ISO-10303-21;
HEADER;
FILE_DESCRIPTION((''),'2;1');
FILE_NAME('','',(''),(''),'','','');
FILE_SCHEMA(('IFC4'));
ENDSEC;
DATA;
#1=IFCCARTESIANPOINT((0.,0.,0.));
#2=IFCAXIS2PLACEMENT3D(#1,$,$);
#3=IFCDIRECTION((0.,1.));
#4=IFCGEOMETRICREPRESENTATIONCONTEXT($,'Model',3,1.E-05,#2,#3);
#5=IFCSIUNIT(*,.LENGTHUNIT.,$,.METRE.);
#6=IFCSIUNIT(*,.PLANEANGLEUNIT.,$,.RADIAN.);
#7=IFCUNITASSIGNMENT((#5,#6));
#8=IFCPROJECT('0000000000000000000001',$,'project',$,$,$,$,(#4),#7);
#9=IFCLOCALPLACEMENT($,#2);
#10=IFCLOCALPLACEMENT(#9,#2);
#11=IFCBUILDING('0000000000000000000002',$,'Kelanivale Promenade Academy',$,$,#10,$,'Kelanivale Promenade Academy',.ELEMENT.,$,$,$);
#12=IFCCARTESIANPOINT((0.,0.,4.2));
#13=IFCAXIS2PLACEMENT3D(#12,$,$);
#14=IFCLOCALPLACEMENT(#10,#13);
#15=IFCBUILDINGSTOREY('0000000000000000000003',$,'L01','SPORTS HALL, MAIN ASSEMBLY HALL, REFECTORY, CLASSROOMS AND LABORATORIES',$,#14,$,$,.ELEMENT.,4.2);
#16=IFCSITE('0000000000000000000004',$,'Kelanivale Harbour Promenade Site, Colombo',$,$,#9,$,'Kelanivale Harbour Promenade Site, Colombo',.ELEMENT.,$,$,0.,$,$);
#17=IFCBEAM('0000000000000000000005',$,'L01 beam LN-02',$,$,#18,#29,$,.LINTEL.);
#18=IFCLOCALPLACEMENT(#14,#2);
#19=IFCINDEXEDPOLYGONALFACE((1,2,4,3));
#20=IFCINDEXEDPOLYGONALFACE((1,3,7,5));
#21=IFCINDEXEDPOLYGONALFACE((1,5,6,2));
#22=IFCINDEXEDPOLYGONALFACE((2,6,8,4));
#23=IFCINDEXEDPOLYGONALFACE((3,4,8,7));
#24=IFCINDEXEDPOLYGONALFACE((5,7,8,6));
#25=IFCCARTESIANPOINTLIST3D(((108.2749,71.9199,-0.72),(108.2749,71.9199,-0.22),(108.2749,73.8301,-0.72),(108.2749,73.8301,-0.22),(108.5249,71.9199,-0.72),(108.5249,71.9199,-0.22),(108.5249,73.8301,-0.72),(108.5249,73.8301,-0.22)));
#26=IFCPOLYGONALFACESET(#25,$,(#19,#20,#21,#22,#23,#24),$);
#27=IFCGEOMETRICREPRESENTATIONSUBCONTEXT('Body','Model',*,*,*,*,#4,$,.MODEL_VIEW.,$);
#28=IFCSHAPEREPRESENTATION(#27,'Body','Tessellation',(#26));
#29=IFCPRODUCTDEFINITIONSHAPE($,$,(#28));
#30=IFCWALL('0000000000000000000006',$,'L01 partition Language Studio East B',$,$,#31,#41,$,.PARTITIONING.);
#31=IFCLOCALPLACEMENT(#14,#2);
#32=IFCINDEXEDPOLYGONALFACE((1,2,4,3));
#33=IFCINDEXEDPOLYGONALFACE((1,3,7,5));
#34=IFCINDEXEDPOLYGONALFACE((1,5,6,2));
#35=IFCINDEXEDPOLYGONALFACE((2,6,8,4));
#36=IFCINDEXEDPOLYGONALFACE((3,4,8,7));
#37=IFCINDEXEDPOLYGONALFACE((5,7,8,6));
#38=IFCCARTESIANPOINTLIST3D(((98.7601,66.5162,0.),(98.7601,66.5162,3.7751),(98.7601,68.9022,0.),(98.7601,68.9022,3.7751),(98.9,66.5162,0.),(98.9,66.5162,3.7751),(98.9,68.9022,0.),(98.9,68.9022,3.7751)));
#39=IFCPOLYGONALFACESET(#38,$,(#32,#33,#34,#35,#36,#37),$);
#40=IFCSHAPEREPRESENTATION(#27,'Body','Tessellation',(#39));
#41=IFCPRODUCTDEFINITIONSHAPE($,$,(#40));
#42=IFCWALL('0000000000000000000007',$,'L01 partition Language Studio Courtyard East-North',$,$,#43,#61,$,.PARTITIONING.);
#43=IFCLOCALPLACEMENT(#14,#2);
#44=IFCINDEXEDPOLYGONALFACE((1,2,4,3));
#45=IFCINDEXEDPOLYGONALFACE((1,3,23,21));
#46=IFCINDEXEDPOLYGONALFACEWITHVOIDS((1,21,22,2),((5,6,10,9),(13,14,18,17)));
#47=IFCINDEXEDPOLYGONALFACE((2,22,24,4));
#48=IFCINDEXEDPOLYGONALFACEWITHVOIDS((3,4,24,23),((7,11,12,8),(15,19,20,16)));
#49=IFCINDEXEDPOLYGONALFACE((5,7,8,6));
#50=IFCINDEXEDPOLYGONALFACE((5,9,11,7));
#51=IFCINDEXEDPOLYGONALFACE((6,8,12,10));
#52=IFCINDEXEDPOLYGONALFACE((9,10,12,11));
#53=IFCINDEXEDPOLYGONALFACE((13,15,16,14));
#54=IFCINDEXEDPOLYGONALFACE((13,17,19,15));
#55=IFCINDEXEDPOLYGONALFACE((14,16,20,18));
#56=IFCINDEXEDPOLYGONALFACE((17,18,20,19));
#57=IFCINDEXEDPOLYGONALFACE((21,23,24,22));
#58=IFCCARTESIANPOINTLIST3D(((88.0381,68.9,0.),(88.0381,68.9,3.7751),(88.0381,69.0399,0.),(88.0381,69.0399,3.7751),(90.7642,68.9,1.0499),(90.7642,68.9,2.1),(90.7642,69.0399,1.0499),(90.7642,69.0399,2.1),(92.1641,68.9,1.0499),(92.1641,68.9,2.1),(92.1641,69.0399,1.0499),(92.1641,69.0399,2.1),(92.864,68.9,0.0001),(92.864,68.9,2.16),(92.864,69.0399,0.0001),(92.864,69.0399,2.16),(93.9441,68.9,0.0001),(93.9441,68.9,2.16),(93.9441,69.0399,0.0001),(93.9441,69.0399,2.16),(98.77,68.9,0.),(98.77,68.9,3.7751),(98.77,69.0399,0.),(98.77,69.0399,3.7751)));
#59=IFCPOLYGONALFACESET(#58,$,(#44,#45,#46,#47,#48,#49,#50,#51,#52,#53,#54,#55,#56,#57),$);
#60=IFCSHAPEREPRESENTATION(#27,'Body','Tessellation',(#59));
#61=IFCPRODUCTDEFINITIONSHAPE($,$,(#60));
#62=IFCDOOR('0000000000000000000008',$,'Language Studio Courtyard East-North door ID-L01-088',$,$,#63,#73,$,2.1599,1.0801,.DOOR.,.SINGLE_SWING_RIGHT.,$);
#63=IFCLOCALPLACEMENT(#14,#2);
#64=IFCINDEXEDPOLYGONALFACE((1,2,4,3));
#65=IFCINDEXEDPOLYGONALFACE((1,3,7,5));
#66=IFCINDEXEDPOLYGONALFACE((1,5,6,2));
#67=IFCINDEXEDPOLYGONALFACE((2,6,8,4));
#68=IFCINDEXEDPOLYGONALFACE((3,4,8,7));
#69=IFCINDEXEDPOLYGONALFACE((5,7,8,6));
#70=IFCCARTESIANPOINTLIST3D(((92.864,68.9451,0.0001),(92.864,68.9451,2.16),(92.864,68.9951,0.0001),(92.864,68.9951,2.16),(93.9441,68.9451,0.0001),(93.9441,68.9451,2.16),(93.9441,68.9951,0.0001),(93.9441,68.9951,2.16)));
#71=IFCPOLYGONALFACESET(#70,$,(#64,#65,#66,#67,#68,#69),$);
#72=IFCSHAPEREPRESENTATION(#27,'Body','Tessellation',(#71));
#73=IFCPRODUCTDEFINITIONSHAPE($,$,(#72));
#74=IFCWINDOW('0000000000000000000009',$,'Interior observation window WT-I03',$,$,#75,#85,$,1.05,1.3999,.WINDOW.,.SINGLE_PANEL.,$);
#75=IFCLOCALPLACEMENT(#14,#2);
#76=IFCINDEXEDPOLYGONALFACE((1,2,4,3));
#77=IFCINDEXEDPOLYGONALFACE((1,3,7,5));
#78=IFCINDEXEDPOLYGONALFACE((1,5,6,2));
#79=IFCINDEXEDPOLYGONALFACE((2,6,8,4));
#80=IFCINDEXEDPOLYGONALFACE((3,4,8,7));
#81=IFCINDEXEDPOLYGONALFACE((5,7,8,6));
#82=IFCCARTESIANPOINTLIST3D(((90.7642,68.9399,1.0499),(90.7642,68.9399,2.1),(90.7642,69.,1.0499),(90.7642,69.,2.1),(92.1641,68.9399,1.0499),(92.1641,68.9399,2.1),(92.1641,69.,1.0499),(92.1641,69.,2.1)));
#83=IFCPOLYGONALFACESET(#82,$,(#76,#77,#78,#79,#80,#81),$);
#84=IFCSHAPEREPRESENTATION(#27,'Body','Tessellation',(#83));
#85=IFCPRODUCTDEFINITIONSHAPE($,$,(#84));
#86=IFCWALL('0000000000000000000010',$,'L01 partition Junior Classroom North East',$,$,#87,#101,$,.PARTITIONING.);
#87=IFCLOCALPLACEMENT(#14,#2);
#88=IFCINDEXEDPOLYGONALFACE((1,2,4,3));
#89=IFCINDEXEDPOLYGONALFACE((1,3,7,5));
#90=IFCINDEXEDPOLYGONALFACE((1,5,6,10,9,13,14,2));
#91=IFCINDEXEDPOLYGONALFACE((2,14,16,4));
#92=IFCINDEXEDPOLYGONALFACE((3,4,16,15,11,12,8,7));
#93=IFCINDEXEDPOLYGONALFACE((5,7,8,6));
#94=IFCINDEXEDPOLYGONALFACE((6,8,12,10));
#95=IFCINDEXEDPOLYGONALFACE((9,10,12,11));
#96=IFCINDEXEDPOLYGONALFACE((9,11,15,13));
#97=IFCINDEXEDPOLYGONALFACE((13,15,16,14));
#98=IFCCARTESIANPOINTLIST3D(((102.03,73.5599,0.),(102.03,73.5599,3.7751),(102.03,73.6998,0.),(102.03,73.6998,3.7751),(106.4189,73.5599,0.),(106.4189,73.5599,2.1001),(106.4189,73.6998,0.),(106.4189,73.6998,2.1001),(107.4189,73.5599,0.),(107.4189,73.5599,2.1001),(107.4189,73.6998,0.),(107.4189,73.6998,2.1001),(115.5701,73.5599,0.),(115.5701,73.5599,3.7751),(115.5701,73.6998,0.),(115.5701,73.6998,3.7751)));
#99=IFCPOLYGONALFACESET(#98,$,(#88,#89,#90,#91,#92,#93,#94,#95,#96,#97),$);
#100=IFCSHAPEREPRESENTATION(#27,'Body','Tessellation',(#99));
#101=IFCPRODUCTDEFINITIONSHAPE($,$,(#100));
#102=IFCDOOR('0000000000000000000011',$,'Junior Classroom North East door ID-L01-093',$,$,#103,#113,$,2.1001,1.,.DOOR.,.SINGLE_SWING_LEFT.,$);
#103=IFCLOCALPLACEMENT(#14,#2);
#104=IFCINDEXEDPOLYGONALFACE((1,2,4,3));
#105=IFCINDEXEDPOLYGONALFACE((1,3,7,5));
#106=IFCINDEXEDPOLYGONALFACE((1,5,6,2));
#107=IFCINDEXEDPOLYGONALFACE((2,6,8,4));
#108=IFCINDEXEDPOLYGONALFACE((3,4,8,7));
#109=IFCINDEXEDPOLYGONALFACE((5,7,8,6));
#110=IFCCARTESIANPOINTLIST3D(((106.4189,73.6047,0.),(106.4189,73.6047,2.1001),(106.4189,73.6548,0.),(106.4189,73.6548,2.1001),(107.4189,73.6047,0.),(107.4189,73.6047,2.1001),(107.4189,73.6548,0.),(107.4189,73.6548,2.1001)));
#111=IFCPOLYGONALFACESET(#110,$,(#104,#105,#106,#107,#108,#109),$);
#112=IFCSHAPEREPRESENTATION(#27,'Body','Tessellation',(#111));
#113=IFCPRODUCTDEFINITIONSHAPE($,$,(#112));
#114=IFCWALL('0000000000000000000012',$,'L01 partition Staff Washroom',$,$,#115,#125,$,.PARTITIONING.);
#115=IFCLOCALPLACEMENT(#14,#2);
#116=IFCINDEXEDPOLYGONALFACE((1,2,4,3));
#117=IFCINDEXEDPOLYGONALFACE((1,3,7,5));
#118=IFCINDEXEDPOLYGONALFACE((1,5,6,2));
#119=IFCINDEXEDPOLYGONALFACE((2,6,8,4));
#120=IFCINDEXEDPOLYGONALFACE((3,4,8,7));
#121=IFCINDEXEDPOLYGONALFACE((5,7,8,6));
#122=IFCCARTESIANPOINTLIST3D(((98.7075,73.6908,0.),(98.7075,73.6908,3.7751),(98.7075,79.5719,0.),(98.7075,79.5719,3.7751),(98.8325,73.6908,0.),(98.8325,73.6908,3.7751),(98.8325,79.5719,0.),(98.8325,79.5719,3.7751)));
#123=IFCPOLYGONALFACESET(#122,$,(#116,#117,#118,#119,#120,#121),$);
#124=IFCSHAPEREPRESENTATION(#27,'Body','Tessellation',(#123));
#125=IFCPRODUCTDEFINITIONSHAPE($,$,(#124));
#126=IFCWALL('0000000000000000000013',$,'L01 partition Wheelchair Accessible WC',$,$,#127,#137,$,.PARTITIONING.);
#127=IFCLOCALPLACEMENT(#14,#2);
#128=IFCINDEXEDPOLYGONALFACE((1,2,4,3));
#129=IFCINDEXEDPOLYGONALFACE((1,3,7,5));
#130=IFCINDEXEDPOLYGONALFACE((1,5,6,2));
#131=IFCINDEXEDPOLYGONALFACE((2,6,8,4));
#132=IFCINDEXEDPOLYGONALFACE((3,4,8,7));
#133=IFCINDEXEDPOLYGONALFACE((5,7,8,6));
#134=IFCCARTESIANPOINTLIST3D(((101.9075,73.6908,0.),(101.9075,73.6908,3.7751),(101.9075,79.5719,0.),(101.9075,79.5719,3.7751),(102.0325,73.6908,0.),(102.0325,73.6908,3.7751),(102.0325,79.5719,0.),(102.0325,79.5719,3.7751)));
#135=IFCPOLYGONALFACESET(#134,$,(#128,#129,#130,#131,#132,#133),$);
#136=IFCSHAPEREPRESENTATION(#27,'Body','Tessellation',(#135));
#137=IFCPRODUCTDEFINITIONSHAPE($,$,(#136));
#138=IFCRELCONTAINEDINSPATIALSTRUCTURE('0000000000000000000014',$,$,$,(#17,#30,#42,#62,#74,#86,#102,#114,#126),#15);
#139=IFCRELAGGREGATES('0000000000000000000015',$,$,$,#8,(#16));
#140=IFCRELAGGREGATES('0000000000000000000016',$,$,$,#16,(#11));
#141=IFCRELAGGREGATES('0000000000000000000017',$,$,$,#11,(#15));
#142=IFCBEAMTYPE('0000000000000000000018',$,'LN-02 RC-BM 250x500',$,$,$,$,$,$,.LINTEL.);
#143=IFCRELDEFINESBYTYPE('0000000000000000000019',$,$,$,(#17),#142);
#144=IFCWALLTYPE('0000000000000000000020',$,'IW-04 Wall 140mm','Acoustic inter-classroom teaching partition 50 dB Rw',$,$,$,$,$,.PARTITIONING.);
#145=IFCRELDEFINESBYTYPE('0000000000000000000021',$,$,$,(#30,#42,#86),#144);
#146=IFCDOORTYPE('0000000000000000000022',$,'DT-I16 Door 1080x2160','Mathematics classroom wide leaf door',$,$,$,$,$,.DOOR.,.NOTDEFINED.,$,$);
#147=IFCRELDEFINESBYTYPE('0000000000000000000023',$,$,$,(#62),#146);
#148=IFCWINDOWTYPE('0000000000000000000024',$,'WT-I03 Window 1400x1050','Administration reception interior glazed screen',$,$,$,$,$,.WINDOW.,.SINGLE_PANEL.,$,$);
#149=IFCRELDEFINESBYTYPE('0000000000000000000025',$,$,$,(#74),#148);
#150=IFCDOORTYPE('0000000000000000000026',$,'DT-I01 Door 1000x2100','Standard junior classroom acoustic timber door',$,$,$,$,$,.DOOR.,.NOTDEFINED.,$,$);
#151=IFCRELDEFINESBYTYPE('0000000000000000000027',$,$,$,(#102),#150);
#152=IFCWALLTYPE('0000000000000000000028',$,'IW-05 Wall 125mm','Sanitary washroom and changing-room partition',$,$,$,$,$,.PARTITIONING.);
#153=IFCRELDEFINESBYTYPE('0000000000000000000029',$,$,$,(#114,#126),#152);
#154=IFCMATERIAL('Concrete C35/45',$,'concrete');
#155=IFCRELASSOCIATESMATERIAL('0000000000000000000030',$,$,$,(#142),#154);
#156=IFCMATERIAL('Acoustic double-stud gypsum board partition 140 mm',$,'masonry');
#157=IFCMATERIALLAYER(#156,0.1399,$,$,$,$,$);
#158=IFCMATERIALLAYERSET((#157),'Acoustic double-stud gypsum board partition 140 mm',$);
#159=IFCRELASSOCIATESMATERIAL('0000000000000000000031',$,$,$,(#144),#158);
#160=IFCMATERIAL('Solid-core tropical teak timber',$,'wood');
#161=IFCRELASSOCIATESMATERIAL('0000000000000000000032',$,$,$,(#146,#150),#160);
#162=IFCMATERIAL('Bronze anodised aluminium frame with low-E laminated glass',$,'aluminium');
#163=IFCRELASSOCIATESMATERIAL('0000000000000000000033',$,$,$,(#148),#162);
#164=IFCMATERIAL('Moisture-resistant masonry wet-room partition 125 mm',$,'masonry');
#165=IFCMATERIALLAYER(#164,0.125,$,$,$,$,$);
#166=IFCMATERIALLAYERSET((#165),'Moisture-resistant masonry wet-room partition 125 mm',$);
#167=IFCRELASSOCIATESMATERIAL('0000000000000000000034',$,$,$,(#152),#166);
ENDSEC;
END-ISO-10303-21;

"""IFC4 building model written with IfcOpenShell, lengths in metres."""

from ifc_helpers import new_model, si_unit, direction, frame, frame_2d, origin, origin_2d, place, context, subcontext, project, spatial, rectangle, extrude, material, layer, layer_set, material_profile, profile_set, type_object, element, fill, save


model = new_model("IFC4")

# Units and contexts
model_context = context("Model", 3, precision=1e-05, world=origin(), true_north=direction((0.0, 1.0)))
body_context = subcontext(model_context, "Body", "Model", "MODEL_VIEW")
ifc_project = project(units=[si_unit("LENGTHUNIT", "METRE"), si_unit("PLANEANGLEUNIT", "RADIAN")], contexts=[model_context])

# Site, building, storey
site_placement = place(None, origin())
site = spatial("IfcSite", under=ifc_project, at=site_placement, Name="Kelanivale Harbour Promenade Site, Colombo", LongName="Kelanivale Harbour Promenade Site, Colombo", CompositionType="ELEMENT", RefElevation=0.0)
building_placement = place(site_placement, origin())
building = spatial("IfcBuilding", under=site, at=building_placement, Name="Kelanivale Promenade Academy", LongName="Kelanivale Promenade Academy", CompositionType="ELEMENT")
storey_placement = place(building_placement, frame((0.0, 0.0, 4.2)))
storey = spatial("IfcBuildingStorey", under=building, at=storey_placement, Name="L01", Description="SPORTS HALL, MAIN ASSEMBLY HALL, REFECTORY, CLASSROOMS AND LABORATORIES", CompositionType="ELEMENT", Elevation=4.2)

# Shared definitions
ifc_material_1 = material(Name="Concrete C35/45", Category="concrete")

# Beam
ifc_material_profile_1 = material_profile(ifc_material_1, rectangle(XDim=0.25, YDim=0.5, at=origin_2d()), Name="RC-BM 250x500")
ifc_profile_set_1 = profile_set([ifc_material_profile_1], Name="Concrete C35/45")
beam_type_1 = type_object("IfcBeamType", Name="LN-02 RC-BM 250x500", PredefinedType="LINTEL", material=ifc_profile_set_1)
beam_1_placement = place(storey_placement, frame((108.3999, 71.9199, -0.47), z_axis=(0.0, 1.0, 0.0), x_axis=(-1.0, 0.0, 0.0)))
element("IfcBeam", 1, at=beam_1_placement, inside=storey, type_object=beam_type_1, Name="L01 beam LN-02", PredefinedType="LINTEL", context=body_context, shape_type="SweptSolid", body=[
    extrude(rectangle(XDim=0.25, YDim=0.5, at=origin_2d()), origin(), (0.0, 0.0, 1.0), 1.9102),
])

# Wall
ifc_material_2 = material(Name="Acoustic double-stud gypsum board partition 140 mm", Category="masonry")
ifc_layer_1 = layer(ifc_material_2, 0.1399)
ifc_layer_set_1 = layer_set([ifc_layer_1], Name="Acoustic double-stud gypsum board partition 140 mm")
wall_type_1 = type_object("IfcWallType", Name="IW-04 Wall 140mm", Description="Acoustic inter-classroom teaching partition 50 dB Rw", PredefinedType="PARTITIONING", material=ifc_layer_set_1)
wall_1_placement = place(storey_placement, frame((98.8301, 68.9021, 0.0), z_axis=(0.0, 0.0, 1.0), x_axis=(0.0, -1.0, 0.0)))
element("IfcWall", 2, at=wall_1_placement, inside=storey, type_object=wall_type_1, Name="L01 partition Language Studio East B", PredefinedType="PARTITIONING", context=body_context, shape_type="SweptSolid", body=[
    extrude(rectangle(XDim=2.386, YDim=0.1399, at=frame_2d((1.1929, 0.0))), origin(), (0.0, 0.0, 1.0), 3.7751),
])

# Wall, openings, door, window
wall_2_placement = place(storey_placement, frame((98.77, 68.97, 0.0), z_axis=(0.0, 0.0, 1.0), x_axis=(-1.0, 0.0, 0.0)))
wall_2 = element("IfcWall", 3, at=wall_2_placement, inside=storey, type_object=wall_type_1, Name="L01 partition Language Studio Courtyard East-North", PredefinedType="PARTITIONING", context=body_context, shape_type="SweptSolid", body=[
    extrude(rectangle(XDim=10.7319, YDim=0.1399, at=frame_2d((5.366, 0.0))), origin(), (0.0, 0.0, 1.0), 3.7751),
])
opening_1_placement = place(wall_2_placement, frame((4.8259, 0.0, 0.0)))
opening_1 = element("IfcOpeningElement", 4, at=opening_1_placement, cuts=wall_2, PredefinedType="OPENING", context=body_context, shape_type="SweptSolid", body=[
    extrude(rectangle(XDim=1.0801, YDim=2.1599, at=frame_2d((0.54, 1.0801))), frame((0.0, 0.0801, 0.0), z_axis=(0.0, -1.0, 0.0), x_axis=(1.0, 0.0, 0.0)), (0.0, 0.0, 1.0), 0.1599),
])
opening_2_placement = place(wall_2_placement, frame((6.606, 0.0, 1.05)))
opening_2 = element("IfcOpeningElement", 5, at=opening_2_placement, cuts=wall_2, PredefinedType="OPENING", context=body_context, shape_type="SweptSolid", body=[
    extrude(rectangle(XDim=1.3999, YDim=1.05, at=frame_2d((0.7, 0.5249))), frame((0.0, 0.0801, 0.0), z_axis=(0.0, -1.0, 0.0), x_axis=(1.0, 0.0, 0.0)), (0.0, 0.0, 1.0), 0.1599),
])
ifc_material_3 = material(Name="Solid-core tropical teak timber", Category="wood")
door_type_1 = type_object("IfcDoorType", Name="DT-I16 Door 1080x2160", Description="Mathematics classroom wide leaf door", OperationType="NOTDEFINED", PredefinedType="DOOR", material=ifc_material_3)
door_1_placement = place(opening_1_placement, origin())
door_1 = element("IfcDoor", 6, at=door_1_placement, inside=storey, type_object=door_type_1, Name="Language Studio Courtyard East-North door ID-L01-088", OperationType="SINGLE_SWING_RIGHT", OverallHeight=2.1599, OverallWidth=1.0801, PredefinedType="DOOR", context=body_context, shape_type="SweptSolid", body=[
    extrude(rectangle(XDim=1.0801, YDim=2.1599, at=frame_2d((0.54, 1.0801))), frame((0.0, 0.0249, 0.0), z_axis=(0.0, -1.0, 0.0), x_axis=(1.0, 0.0, 0.0)), (0.0, 0.0, 1.0), 0.05),
])
fill(opening_1, door_1)
ifc_material_4 = material(Name="Bronze anodised aluminium frame with low-E laminated glass", Category="aluminium")
window_type = type_object("IfcWindowType", Name="WT-I03 Window 1400x1050", Description="Administration reception interior glazed screen", PartitioningType="SINGLE_PANEL", PredefinedType="WINDOW", material=ifc_material_4)
window_placement = place(opening_2_placement, origin())
window = element("IfcWindow", 7, at=window_placement, inside=storey, type_object=window_type, Name="Interior observation window WT-I03", OverallHeight=1.05, OverallWidth=1.3999, PartitioningType="SINGLE_PANEL", PredefinedType="WINDOW", context=body_context, shape_type="SweptSolid", body=[
    extrude(rectangle(XDim=1.3999, YDim=1.05, at=frame_2d((0.7, 0.5249))), frame((0.0, 0.03, 0.0), z_axis=(0.0, -1.0, 0.0), x_axis=(1.0, 0.0, 0.0)), (0.0, 0.0, 1.0), 0.0601),
])
fill(opening_2, window)

# Wall, opening, door
wall_3_placement = place(storey_placement, frame((102.03, 73.6299, 0.0), z_axis=(0.0, 0.0, 1.0), x_axis=(1.0, 0.0, 0.0)))
wall_3 = element("IfcWall", 8, at=wall_3_placement, inside=storey, type_object=wall_type_1, Name="L01 partition Junior Classroom North East", PredefinedType="PARTITIONING", context=body_context, shape_type="SweptSolid", body=[
    extrude(rectangle(XDim=13.54, YDim=0.1399, at=frame_2d((6.77, 0.0))), origin(), (0.0, 0.0, 1.0), 3.7751),
])
opening_3_placement = place(wall_3_placement, frame((4.3889, 0.0, 0.0)))
opening_3 = element("IfcOpeningElement", 9, at=opening_3_placement, cuts=wall_3, PredefinedType="OPENING", context=body_context, shape_type="SweptSolid", body=[
    extrude(rectangle(XDim=1.0, YDim=2.1001, at=frame_2d((0.5, 1.05))), frame((0.0, 0.0801, 0.0), z_axis=(0.0, -1.0, 0.0), x_axis=(1.0, 0.0, 0.0)), (0.0, 0.0, 1.0), 0.1599),
])
door_type_2 = type_object("IfcDoorType", Name="DT-I01 Door 1000x2100", Description="Standard junior classroom acoustic timber door", OperationType="NOTDEFINED", PredefinedType="DOOR", material=ifc_material_3)
door_2_placement = place(opening_3_placement, origin())
door_2 = element("IfcDoor", 10, at=door_2_placement, inside=storey, type_object=door_type_2, Name="Junior Classroom North East door ID-L01-093", OperationType="SINGLE_SWING_LEFT", OverallHeight=2.1001, OverallWidth=1.0, PredefinedType="DOOR", context=body_context, shape_type="SweptSolid", body=[
    extrude(rectangle(XDim=1.0, YDim=2.1001, at=frame_2d((0.5, 1.05))), frame((0.0, 0.0249, 0.0), z_axis=(0.0, -1.0, 0.0), x_axis=(1.0, 0.0, 0.0)), (0.0, 0.0, 1.0), 0.05),
])
fill(opening_3, door_2)

# Wall
ifc_material_5 = material(Name="Moisture-resistant masonry wet-room partition 125 mm", Category="masonry")
ifc_layer_2 = layer(ifc_material_5, 0.125)
ifc_layer_set_2 = layer_set([ifc_layer_2], Name="Moisture-resistant masonry wet-room partition 125 mm")
wall_type_2 = type_object("IfcWallType", Name="IW-05 Wall 125mm", Description="Sanitary washroom and changing-room partition", PredefinedType="PARTITIONING", material=ifc_layer_set_2)
wall_4_placement = place(storey_placement, frame((98.77, 73.6909, 0.0), z_axis=(0.0, 0.0, 1.0), x_axis=(0.0, 1.0, 0.0)))
element("IfcWall", 11, at=wall_4_placement, inside=storey, type_object=wall_type_2, Name="L01 partition Staff Washroom", PredefinedType="PARTITIONING", context=body_context, shape_type="SweptSolid", body=[
    extrude(rectangle(XDim=5.8811, YDim=0.125, at=frame_2d((2.9404, 0.0))), origin(), (0.0, 0.0, 1.0), 3.7751),
])

# Wall
wall_5_placement = place(storey_placement, frame((101.97, 73.6909, 0.0), z_axis=(0.0, 0.0, 1.0), x_axis=(0.0, 1.0, 0.0)))
element("IfcWall", 12, at=wall_5_placement, inside=storey, type_object=wall_type_2, Name="L01 partition Wheelchair Accessible WC", PredefinedType="PARTITIONING", context=body_context, shape_type="SweptSolid", body=[
    extrude(rectangle(XDim=5.8811, YDim=0.125, at=frame_2d((2.9404, 0.0))), origin(), (0.0, 0.0, 1.0), 3.7751),
])

save(model, "model.ifc")
